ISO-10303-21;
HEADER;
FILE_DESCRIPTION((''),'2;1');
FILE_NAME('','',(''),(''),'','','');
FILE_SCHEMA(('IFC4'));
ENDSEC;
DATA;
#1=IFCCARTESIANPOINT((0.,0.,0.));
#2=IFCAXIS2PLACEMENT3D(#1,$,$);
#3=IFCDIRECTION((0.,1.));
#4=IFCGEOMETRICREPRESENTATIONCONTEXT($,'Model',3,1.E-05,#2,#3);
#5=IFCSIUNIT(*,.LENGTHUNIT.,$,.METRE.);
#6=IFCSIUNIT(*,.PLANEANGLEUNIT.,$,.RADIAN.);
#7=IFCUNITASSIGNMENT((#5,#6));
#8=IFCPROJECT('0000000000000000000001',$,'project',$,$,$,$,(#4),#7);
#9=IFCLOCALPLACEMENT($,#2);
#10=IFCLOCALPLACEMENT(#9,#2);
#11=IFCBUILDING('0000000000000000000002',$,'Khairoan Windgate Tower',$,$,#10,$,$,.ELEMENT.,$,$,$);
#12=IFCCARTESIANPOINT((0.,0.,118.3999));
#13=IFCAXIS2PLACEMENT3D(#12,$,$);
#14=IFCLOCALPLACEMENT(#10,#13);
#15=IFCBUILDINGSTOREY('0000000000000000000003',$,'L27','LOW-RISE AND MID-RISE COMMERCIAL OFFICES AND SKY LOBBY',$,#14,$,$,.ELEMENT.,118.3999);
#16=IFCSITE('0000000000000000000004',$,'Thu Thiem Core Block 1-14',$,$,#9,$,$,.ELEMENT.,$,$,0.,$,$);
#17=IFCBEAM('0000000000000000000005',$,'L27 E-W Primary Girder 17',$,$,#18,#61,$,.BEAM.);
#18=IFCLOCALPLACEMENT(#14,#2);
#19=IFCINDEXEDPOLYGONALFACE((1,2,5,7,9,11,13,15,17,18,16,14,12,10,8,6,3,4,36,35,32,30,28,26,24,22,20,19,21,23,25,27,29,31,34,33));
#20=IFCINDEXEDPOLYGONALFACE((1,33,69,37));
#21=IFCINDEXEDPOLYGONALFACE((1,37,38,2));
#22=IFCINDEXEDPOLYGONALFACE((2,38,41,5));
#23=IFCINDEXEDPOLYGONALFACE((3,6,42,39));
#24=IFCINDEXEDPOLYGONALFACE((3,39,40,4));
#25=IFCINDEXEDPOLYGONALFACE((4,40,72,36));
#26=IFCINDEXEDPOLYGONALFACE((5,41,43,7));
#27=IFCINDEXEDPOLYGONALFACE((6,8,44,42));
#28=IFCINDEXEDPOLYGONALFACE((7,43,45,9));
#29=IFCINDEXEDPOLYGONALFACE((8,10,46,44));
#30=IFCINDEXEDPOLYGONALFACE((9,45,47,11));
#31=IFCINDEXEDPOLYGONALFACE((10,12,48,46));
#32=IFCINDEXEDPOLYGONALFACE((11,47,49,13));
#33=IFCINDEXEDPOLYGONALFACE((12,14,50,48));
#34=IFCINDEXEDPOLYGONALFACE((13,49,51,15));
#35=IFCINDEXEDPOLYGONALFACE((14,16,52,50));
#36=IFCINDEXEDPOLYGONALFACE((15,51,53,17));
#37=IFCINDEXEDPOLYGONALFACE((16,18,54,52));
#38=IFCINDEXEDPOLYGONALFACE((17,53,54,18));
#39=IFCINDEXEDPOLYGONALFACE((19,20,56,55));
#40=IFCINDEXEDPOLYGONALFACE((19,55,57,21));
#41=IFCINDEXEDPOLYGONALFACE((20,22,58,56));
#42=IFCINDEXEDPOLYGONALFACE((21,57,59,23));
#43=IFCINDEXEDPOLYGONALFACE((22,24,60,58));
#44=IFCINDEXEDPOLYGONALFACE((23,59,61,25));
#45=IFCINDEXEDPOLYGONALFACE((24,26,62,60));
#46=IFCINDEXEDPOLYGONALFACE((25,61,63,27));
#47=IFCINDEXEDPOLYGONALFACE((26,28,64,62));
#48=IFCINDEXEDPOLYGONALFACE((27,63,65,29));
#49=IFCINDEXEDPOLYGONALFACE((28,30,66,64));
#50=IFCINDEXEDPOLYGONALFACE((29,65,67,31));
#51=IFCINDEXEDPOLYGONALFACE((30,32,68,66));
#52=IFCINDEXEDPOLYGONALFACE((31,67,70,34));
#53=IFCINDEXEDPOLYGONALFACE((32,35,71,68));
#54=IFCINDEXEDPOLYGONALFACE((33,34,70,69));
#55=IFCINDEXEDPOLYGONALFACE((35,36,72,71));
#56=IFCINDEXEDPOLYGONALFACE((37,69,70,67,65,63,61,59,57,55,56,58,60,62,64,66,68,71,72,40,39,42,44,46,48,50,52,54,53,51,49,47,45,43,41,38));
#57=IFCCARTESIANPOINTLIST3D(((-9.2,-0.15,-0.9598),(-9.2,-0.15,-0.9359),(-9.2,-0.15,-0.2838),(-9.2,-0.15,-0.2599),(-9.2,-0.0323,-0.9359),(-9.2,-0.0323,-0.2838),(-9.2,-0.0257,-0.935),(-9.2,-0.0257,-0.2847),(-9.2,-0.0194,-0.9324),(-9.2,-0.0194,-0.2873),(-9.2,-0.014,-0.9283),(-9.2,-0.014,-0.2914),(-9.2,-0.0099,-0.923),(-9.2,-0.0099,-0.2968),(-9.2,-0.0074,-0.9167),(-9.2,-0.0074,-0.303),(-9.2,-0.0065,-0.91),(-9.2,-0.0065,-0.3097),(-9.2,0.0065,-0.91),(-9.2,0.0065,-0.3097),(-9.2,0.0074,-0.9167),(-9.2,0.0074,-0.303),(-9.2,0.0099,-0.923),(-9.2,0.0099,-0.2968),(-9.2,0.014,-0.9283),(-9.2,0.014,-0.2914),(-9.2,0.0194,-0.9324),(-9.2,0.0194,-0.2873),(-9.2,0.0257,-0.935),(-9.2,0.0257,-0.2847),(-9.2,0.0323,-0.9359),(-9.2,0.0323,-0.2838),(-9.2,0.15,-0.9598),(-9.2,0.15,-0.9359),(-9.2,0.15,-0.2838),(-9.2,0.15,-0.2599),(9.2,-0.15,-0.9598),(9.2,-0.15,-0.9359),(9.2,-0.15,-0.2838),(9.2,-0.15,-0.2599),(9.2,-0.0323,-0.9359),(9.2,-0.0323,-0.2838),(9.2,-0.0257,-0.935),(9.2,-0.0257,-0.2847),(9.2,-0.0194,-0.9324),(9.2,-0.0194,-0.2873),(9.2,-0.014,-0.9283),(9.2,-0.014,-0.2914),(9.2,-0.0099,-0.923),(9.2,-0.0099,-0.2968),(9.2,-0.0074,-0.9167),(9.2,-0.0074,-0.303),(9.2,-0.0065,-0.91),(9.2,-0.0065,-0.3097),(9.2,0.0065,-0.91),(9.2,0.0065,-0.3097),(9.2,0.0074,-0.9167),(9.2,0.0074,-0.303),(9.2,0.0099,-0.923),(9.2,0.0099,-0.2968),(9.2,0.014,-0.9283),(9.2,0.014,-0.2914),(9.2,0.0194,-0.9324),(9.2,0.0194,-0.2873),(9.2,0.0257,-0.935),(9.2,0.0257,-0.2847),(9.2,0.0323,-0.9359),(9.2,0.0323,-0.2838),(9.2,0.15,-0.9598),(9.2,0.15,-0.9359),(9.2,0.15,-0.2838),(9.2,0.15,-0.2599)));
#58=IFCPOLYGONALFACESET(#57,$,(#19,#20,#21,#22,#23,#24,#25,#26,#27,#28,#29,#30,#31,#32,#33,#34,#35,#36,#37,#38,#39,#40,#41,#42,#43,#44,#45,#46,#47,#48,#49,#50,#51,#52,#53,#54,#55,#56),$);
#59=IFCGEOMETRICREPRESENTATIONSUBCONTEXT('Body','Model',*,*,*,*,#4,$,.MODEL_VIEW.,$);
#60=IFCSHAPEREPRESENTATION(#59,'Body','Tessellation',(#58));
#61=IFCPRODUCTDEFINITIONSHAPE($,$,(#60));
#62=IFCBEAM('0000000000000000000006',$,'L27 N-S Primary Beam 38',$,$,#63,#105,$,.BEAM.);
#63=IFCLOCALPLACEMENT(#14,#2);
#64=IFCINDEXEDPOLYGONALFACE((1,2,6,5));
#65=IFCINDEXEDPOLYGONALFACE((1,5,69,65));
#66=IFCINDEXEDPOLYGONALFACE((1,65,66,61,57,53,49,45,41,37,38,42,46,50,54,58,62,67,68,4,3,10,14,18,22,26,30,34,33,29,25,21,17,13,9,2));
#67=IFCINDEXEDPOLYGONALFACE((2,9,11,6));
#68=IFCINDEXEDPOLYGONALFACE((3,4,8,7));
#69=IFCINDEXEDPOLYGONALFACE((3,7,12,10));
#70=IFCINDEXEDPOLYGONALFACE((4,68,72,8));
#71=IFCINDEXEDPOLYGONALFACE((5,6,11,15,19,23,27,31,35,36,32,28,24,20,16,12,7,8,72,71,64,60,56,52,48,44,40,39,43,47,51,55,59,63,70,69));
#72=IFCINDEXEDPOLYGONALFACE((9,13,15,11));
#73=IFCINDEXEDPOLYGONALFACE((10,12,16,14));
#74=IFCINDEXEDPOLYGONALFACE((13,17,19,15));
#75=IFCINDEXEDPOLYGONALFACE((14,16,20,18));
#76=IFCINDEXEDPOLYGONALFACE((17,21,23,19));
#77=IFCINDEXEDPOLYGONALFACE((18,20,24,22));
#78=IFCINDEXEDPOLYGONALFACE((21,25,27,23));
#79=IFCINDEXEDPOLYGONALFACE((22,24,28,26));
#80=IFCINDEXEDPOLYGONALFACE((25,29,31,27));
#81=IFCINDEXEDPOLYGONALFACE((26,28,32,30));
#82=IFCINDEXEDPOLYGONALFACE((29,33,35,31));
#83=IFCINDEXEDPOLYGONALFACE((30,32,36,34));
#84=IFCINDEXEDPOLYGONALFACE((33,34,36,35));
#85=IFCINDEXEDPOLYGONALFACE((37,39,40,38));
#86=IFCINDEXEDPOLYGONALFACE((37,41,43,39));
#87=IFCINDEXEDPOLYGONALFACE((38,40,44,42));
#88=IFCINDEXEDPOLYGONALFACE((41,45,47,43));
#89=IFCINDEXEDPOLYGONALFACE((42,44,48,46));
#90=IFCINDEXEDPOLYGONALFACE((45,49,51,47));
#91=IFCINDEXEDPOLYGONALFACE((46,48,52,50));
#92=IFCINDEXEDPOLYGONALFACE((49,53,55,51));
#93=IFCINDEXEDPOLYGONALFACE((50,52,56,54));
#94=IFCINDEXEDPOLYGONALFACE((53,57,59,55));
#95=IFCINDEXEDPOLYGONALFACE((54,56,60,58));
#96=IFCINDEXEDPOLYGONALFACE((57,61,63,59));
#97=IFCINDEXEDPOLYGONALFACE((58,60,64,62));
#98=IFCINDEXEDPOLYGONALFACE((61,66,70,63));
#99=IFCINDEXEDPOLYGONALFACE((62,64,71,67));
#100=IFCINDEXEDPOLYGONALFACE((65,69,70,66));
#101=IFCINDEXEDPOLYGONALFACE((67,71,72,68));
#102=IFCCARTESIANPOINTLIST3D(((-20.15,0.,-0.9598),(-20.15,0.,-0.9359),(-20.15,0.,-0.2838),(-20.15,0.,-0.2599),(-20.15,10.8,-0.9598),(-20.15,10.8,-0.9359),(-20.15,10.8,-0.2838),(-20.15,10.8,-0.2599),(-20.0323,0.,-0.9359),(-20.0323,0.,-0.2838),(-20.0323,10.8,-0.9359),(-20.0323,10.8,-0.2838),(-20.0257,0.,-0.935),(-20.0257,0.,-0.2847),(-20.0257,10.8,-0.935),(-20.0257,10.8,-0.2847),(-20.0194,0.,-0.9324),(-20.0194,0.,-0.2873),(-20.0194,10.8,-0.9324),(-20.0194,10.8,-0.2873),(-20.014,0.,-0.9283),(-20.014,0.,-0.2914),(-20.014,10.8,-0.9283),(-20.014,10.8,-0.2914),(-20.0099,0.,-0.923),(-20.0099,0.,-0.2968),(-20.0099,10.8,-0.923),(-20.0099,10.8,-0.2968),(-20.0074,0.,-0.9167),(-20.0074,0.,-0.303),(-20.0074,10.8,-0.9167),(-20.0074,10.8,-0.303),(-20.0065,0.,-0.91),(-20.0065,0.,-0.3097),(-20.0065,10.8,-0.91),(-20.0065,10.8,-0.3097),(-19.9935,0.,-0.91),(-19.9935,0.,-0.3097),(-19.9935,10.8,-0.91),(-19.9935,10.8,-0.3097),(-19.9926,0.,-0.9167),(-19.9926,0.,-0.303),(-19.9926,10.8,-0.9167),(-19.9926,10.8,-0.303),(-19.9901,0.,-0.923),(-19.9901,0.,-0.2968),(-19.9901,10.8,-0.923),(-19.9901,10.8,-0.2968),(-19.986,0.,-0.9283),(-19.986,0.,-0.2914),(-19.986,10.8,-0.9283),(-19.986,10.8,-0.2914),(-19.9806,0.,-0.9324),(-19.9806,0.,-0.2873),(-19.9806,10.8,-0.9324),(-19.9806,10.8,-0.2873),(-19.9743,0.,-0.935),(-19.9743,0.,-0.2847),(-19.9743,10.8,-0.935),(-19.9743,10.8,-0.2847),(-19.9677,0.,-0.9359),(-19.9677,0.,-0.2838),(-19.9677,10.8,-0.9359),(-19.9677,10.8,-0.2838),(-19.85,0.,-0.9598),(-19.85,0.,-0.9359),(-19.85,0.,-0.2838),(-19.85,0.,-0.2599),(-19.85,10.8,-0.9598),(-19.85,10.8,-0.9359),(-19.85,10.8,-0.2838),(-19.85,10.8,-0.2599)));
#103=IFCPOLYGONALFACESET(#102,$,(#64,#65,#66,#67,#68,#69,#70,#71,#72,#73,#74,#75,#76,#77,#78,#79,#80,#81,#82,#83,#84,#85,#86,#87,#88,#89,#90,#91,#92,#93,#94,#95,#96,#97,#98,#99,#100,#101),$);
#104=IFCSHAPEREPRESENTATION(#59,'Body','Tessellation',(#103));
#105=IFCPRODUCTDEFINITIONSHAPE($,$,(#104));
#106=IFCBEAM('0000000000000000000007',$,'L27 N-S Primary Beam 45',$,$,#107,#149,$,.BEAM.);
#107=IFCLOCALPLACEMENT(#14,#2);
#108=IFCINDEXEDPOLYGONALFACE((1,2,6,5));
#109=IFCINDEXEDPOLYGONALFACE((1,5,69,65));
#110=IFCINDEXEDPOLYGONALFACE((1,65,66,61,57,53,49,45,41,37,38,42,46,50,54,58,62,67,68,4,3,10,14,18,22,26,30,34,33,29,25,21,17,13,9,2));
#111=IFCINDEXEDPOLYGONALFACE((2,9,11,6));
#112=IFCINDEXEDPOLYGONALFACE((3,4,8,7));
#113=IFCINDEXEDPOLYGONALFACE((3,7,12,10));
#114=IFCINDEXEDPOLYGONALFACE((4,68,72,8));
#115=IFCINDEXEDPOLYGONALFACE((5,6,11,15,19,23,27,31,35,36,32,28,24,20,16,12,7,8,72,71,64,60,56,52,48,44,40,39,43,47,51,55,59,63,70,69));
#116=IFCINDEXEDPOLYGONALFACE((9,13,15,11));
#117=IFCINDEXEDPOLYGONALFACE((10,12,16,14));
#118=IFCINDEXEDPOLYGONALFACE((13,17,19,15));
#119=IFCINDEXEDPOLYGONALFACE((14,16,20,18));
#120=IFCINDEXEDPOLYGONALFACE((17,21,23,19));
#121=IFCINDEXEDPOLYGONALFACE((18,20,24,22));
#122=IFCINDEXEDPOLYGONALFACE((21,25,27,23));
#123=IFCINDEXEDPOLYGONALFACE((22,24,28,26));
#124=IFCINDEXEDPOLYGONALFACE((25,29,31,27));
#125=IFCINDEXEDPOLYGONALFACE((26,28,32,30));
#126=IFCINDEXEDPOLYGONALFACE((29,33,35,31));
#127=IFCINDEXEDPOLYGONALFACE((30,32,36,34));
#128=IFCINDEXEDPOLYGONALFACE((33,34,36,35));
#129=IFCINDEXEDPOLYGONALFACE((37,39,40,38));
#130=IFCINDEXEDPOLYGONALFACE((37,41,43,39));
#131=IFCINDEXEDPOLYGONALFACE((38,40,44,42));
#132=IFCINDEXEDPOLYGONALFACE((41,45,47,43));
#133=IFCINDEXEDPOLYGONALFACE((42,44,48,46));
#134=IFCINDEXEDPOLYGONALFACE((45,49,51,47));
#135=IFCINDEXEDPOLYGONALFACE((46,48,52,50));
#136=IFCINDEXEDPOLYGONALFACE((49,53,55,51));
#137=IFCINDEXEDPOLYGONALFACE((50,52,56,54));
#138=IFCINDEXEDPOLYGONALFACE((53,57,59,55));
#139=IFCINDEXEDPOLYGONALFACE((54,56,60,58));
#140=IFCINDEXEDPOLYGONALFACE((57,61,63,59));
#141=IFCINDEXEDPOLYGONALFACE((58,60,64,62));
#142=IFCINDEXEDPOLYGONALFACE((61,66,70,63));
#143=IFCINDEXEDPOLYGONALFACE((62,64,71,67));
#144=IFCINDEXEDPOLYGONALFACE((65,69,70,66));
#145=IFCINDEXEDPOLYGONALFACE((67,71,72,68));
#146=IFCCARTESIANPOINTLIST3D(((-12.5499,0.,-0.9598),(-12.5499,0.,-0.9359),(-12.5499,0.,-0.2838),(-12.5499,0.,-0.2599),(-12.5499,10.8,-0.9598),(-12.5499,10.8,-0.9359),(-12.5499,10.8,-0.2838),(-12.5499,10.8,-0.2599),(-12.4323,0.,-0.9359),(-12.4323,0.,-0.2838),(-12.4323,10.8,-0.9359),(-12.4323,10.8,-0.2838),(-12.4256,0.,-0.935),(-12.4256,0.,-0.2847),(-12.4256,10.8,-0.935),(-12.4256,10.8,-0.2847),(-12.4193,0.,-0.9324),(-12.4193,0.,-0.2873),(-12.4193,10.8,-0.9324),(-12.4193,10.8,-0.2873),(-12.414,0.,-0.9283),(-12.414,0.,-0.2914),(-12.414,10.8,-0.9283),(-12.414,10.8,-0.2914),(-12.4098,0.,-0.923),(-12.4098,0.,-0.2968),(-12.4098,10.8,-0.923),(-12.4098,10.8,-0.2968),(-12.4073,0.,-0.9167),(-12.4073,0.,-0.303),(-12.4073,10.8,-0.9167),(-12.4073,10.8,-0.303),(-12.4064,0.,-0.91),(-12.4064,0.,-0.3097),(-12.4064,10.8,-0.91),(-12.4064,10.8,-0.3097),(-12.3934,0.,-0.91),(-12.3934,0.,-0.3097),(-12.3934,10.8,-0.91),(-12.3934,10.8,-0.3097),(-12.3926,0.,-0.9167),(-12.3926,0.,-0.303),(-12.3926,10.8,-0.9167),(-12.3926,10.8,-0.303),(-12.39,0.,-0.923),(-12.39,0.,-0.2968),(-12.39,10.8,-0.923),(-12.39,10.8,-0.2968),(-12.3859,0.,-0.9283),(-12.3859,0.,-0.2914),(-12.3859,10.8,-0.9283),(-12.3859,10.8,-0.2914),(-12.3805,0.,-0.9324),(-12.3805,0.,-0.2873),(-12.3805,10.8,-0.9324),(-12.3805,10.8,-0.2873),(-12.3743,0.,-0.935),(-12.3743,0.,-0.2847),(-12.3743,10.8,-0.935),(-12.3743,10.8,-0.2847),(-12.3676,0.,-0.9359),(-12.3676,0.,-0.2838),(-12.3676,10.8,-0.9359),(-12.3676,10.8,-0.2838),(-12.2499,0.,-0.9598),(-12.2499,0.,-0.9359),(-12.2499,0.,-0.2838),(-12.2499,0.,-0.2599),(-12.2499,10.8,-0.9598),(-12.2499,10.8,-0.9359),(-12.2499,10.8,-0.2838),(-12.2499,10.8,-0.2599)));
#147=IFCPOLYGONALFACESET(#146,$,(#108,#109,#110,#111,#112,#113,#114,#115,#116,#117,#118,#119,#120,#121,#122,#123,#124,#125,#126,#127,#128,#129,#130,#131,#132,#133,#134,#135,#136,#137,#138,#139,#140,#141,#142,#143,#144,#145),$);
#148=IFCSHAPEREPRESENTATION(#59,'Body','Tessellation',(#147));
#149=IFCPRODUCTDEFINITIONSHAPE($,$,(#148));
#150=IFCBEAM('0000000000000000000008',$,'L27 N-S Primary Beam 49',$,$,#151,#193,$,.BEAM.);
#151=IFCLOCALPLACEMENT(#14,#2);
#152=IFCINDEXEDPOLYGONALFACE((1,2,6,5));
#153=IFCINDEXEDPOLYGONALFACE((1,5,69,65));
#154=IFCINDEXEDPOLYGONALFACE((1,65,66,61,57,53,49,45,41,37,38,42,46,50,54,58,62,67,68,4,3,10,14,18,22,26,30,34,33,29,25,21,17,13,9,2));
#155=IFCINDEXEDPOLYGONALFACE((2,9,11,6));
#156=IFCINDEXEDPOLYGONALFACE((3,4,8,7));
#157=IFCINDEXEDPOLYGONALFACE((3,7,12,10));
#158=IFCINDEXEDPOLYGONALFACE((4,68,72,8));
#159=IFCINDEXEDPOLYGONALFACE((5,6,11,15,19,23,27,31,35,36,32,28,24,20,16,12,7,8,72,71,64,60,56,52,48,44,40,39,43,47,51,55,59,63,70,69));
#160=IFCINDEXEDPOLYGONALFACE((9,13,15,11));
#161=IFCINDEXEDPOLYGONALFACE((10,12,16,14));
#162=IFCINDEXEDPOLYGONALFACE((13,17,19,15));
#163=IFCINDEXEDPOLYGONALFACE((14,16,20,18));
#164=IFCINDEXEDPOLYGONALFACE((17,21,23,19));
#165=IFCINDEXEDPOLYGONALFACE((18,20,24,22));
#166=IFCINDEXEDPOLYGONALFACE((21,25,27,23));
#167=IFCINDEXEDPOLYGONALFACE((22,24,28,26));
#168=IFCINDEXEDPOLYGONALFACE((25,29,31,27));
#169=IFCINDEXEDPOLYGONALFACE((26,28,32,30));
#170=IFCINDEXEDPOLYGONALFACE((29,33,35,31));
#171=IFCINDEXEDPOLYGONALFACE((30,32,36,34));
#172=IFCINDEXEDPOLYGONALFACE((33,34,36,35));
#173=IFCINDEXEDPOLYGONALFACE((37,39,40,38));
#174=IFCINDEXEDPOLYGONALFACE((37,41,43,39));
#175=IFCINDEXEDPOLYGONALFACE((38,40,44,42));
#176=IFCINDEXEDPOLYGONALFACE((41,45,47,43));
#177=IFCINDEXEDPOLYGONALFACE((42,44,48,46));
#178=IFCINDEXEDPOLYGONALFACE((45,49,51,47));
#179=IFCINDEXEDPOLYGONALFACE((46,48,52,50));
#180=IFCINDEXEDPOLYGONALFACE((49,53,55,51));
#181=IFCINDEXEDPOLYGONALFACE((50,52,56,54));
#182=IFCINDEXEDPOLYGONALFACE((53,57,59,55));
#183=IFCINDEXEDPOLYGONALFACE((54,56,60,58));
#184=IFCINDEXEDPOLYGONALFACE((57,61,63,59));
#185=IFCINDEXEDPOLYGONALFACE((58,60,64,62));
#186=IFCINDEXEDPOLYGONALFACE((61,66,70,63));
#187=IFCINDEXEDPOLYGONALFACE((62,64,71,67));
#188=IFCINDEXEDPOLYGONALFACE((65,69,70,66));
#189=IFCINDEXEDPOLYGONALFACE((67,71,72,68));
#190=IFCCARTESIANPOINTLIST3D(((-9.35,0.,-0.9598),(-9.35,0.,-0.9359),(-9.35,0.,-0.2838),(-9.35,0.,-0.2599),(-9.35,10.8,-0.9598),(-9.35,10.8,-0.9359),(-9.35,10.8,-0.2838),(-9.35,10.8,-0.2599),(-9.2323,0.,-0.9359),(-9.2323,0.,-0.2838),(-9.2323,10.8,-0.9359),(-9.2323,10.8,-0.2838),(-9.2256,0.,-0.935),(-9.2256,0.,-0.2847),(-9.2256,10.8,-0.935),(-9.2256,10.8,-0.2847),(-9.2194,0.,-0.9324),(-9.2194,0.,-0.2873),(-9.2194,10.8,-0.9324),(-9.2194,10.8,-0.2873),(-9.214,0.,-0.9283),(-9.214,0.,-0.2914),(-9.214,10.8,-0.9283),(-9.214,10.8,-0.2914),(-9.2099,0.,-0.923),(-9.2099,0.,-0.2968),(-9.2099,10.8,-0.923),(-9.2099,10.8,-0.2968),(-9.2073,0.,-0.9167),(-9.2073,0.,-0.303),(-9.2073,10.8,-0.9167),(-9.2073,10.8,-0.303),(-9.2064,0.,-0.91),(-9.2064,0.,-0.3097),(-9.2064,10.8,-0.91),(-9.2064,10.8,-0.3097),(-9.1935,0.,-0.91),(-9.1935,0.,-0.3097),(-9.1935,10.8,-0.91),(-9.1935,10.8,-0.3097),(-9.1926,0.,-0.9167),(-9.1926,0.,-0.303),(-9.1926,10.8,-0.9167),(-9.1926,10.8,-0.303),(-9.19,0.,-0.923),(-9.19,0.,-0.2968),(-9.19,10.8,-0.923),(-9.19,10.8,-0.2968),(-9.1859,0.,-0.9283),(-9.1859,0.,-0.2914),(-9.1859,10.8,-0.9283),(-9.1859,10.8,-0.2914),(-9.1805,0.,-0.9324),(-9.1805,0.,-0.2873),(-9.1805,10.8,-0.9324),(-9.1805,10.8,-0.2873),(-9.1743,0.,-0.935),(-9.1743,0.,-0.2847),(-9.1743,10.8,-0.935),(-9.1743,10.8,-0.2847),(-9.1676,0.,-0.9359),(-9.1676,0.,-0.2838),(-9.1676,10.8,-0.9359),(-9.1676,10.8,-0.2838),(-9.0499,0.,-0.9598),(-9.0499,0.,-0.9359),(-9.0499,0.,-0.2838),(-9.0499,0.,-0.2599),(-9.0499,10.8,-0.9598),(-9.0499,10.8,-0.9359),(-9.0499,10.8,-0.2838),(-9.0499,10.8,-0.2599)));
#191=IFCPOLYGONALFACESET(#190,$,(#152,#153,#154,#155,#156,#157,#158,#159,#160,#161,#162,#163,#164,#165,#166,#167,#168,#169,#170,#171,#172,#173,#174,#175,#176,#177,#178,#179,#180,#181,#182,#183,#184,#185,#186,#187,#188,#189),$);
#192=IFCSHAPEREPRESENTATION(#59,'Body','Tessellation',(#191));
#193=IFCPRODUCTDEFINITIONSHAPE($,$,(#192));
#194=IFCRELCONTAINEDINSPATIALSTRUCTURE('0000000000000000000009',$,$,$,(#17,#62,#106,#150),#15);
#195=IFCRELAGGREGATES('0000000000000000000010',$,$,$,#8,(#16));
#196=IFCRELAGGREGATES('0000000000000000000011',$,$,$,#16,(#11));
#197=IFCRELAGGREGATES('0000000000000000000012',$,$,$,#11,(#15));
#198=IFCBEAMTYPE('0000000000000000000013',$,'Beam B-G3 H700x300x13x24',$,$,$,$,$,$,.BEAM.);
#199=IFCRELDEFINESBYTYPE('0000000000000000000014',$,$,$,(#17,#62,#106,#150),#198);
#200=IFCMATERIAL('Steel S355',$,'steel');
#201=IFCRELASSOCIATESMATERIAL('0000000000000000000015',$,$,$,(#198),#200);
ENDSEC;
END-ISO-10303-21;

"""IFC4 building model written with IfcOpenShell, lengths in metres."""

from ifc_helpers import new_model, si_unit, direction, frame, origin, origin_2d, place, context, subcontext, project, spatial, i_section, extrude, material, material_profile, profile_set, type_object, element, save


model = new_model("IFC4")

# Units and contexts
model_context = context("Model", 3, precision=1e-05, world=origin(), true_north=direction((0.0, 1.0)))
body_context = subcontext(model_context, "Body", "Model", "MODEL_VIEW")
ifc_project = project(units=[si_unit("LENGTHUNIT", "METRE"), si_unit("PLANEANGLEUNIT", "RADIAN")], contexts=[model_context])

# Site, building, storey
site_placement = place(None, origin())
site = spatial("IfcSite", under=ifc_project, at=site_placement, Name="Thu Thiem Core Block 1-14", CompositionType="ELEMENT", RefElevation=0.0)
building_placement = place(site_placement, origin())
building = spatial("IfcBuilding", under=site, at=building_placement, Name="Khairoan Windgate Tower", CompositionType="ELEMENT")
storey_placement = place(building_placement, frame((0.0, 0.0, 118.3999)))
storey = spatial("IfcBuildingStorey", under=building, at=storey_placement, Name="L27", Description="LOW-RISE AND MID-RISE COMMERCIAL OFFICES AND SKY LOBBY", CompositionType="ELEMENT", Elevation=118.3999)

# Beams
ifc_material_1 = material(Name="Steel S355", Category="steel")
ifc_material_profile_1 = material_profile(ifc_material_1, i_section(OverallWidth=0.3, OverallDepth=0.7, WebThickness=0.0129, FlangeThickness=0.0239, FilletRadius=0.0259, at=origin_2d()))
ifc_profile_set_1 = profile_set([ifc_material_profile_1], Name="Steel S355")
beam_type_1 = type_object("IfcBeamType", Name="Beam B-G3 H700x300x13x24", PredefinedType="BEAM", material=ifc_profile_set_1)
beam_1_placement = place(storey_placement, frame((-9.2, 0.0, -0.6099), z_axis=(1.0, 0.0, 0.0), x_axis=(0.0, 1.0, 0.0)))
element("IfcBeam", 1, at=beam_1_placement, inside=storey, type_object=beam_type_1, Name="L27 E-W Primary Girder 17", PredefinedType="BEAM", context=body_context, shape_type="SweptSolid", body=[
    extrude(i_section(OverallWidth=0.3, OverallDepth=0.7, WebThickness=0.0129, FlangeThickness=0.0239, FilletRadius=0.0259, at=origin_2d()), origin(), (0.0, 0.0, 1.0), 18.3999),
])
for number, where, z_axis, x_axis, name in (
    (2, (-20.0, 0.0, -0.6099), (0.0, 1.0, 0.0), (-1.0, 0.0, 0.0), "L27 N-S Primary Beam 38"),
    (3, (-12.3999, 0.0, -0.6099), (0.0, 1.0, 0.0), (-1.0, 0.0, 0.0), "L27 N-S Primary Beam 45"),
    (4, (-9.2, 0.0, -0.6099), (0.0, 1.0, 0.0), (-1.0, 0.0, 0.0), "L27 N-S Primary Beam 49"),
):
    element("IfcBeam", number, at=place(storey_placement, frame(where, z_axis=z_axis, x_axis=x_axis)), inside=storey, type_object=beam_type_1, Name=name, PredefinedType="BEAM", context=body_context, shape_type="SweptSolid", body=[
        extrude(i_section(OverallWidth=0.3, OverallDepth=0.7, WebThickness=0.0129, FlangeThickness=0.0239, FilletRadius=0.0259, at=origin_2d()), origin(), (0.0, 0.0, 1.0), 10.8),
    ])

save(model, "model.ifc")
